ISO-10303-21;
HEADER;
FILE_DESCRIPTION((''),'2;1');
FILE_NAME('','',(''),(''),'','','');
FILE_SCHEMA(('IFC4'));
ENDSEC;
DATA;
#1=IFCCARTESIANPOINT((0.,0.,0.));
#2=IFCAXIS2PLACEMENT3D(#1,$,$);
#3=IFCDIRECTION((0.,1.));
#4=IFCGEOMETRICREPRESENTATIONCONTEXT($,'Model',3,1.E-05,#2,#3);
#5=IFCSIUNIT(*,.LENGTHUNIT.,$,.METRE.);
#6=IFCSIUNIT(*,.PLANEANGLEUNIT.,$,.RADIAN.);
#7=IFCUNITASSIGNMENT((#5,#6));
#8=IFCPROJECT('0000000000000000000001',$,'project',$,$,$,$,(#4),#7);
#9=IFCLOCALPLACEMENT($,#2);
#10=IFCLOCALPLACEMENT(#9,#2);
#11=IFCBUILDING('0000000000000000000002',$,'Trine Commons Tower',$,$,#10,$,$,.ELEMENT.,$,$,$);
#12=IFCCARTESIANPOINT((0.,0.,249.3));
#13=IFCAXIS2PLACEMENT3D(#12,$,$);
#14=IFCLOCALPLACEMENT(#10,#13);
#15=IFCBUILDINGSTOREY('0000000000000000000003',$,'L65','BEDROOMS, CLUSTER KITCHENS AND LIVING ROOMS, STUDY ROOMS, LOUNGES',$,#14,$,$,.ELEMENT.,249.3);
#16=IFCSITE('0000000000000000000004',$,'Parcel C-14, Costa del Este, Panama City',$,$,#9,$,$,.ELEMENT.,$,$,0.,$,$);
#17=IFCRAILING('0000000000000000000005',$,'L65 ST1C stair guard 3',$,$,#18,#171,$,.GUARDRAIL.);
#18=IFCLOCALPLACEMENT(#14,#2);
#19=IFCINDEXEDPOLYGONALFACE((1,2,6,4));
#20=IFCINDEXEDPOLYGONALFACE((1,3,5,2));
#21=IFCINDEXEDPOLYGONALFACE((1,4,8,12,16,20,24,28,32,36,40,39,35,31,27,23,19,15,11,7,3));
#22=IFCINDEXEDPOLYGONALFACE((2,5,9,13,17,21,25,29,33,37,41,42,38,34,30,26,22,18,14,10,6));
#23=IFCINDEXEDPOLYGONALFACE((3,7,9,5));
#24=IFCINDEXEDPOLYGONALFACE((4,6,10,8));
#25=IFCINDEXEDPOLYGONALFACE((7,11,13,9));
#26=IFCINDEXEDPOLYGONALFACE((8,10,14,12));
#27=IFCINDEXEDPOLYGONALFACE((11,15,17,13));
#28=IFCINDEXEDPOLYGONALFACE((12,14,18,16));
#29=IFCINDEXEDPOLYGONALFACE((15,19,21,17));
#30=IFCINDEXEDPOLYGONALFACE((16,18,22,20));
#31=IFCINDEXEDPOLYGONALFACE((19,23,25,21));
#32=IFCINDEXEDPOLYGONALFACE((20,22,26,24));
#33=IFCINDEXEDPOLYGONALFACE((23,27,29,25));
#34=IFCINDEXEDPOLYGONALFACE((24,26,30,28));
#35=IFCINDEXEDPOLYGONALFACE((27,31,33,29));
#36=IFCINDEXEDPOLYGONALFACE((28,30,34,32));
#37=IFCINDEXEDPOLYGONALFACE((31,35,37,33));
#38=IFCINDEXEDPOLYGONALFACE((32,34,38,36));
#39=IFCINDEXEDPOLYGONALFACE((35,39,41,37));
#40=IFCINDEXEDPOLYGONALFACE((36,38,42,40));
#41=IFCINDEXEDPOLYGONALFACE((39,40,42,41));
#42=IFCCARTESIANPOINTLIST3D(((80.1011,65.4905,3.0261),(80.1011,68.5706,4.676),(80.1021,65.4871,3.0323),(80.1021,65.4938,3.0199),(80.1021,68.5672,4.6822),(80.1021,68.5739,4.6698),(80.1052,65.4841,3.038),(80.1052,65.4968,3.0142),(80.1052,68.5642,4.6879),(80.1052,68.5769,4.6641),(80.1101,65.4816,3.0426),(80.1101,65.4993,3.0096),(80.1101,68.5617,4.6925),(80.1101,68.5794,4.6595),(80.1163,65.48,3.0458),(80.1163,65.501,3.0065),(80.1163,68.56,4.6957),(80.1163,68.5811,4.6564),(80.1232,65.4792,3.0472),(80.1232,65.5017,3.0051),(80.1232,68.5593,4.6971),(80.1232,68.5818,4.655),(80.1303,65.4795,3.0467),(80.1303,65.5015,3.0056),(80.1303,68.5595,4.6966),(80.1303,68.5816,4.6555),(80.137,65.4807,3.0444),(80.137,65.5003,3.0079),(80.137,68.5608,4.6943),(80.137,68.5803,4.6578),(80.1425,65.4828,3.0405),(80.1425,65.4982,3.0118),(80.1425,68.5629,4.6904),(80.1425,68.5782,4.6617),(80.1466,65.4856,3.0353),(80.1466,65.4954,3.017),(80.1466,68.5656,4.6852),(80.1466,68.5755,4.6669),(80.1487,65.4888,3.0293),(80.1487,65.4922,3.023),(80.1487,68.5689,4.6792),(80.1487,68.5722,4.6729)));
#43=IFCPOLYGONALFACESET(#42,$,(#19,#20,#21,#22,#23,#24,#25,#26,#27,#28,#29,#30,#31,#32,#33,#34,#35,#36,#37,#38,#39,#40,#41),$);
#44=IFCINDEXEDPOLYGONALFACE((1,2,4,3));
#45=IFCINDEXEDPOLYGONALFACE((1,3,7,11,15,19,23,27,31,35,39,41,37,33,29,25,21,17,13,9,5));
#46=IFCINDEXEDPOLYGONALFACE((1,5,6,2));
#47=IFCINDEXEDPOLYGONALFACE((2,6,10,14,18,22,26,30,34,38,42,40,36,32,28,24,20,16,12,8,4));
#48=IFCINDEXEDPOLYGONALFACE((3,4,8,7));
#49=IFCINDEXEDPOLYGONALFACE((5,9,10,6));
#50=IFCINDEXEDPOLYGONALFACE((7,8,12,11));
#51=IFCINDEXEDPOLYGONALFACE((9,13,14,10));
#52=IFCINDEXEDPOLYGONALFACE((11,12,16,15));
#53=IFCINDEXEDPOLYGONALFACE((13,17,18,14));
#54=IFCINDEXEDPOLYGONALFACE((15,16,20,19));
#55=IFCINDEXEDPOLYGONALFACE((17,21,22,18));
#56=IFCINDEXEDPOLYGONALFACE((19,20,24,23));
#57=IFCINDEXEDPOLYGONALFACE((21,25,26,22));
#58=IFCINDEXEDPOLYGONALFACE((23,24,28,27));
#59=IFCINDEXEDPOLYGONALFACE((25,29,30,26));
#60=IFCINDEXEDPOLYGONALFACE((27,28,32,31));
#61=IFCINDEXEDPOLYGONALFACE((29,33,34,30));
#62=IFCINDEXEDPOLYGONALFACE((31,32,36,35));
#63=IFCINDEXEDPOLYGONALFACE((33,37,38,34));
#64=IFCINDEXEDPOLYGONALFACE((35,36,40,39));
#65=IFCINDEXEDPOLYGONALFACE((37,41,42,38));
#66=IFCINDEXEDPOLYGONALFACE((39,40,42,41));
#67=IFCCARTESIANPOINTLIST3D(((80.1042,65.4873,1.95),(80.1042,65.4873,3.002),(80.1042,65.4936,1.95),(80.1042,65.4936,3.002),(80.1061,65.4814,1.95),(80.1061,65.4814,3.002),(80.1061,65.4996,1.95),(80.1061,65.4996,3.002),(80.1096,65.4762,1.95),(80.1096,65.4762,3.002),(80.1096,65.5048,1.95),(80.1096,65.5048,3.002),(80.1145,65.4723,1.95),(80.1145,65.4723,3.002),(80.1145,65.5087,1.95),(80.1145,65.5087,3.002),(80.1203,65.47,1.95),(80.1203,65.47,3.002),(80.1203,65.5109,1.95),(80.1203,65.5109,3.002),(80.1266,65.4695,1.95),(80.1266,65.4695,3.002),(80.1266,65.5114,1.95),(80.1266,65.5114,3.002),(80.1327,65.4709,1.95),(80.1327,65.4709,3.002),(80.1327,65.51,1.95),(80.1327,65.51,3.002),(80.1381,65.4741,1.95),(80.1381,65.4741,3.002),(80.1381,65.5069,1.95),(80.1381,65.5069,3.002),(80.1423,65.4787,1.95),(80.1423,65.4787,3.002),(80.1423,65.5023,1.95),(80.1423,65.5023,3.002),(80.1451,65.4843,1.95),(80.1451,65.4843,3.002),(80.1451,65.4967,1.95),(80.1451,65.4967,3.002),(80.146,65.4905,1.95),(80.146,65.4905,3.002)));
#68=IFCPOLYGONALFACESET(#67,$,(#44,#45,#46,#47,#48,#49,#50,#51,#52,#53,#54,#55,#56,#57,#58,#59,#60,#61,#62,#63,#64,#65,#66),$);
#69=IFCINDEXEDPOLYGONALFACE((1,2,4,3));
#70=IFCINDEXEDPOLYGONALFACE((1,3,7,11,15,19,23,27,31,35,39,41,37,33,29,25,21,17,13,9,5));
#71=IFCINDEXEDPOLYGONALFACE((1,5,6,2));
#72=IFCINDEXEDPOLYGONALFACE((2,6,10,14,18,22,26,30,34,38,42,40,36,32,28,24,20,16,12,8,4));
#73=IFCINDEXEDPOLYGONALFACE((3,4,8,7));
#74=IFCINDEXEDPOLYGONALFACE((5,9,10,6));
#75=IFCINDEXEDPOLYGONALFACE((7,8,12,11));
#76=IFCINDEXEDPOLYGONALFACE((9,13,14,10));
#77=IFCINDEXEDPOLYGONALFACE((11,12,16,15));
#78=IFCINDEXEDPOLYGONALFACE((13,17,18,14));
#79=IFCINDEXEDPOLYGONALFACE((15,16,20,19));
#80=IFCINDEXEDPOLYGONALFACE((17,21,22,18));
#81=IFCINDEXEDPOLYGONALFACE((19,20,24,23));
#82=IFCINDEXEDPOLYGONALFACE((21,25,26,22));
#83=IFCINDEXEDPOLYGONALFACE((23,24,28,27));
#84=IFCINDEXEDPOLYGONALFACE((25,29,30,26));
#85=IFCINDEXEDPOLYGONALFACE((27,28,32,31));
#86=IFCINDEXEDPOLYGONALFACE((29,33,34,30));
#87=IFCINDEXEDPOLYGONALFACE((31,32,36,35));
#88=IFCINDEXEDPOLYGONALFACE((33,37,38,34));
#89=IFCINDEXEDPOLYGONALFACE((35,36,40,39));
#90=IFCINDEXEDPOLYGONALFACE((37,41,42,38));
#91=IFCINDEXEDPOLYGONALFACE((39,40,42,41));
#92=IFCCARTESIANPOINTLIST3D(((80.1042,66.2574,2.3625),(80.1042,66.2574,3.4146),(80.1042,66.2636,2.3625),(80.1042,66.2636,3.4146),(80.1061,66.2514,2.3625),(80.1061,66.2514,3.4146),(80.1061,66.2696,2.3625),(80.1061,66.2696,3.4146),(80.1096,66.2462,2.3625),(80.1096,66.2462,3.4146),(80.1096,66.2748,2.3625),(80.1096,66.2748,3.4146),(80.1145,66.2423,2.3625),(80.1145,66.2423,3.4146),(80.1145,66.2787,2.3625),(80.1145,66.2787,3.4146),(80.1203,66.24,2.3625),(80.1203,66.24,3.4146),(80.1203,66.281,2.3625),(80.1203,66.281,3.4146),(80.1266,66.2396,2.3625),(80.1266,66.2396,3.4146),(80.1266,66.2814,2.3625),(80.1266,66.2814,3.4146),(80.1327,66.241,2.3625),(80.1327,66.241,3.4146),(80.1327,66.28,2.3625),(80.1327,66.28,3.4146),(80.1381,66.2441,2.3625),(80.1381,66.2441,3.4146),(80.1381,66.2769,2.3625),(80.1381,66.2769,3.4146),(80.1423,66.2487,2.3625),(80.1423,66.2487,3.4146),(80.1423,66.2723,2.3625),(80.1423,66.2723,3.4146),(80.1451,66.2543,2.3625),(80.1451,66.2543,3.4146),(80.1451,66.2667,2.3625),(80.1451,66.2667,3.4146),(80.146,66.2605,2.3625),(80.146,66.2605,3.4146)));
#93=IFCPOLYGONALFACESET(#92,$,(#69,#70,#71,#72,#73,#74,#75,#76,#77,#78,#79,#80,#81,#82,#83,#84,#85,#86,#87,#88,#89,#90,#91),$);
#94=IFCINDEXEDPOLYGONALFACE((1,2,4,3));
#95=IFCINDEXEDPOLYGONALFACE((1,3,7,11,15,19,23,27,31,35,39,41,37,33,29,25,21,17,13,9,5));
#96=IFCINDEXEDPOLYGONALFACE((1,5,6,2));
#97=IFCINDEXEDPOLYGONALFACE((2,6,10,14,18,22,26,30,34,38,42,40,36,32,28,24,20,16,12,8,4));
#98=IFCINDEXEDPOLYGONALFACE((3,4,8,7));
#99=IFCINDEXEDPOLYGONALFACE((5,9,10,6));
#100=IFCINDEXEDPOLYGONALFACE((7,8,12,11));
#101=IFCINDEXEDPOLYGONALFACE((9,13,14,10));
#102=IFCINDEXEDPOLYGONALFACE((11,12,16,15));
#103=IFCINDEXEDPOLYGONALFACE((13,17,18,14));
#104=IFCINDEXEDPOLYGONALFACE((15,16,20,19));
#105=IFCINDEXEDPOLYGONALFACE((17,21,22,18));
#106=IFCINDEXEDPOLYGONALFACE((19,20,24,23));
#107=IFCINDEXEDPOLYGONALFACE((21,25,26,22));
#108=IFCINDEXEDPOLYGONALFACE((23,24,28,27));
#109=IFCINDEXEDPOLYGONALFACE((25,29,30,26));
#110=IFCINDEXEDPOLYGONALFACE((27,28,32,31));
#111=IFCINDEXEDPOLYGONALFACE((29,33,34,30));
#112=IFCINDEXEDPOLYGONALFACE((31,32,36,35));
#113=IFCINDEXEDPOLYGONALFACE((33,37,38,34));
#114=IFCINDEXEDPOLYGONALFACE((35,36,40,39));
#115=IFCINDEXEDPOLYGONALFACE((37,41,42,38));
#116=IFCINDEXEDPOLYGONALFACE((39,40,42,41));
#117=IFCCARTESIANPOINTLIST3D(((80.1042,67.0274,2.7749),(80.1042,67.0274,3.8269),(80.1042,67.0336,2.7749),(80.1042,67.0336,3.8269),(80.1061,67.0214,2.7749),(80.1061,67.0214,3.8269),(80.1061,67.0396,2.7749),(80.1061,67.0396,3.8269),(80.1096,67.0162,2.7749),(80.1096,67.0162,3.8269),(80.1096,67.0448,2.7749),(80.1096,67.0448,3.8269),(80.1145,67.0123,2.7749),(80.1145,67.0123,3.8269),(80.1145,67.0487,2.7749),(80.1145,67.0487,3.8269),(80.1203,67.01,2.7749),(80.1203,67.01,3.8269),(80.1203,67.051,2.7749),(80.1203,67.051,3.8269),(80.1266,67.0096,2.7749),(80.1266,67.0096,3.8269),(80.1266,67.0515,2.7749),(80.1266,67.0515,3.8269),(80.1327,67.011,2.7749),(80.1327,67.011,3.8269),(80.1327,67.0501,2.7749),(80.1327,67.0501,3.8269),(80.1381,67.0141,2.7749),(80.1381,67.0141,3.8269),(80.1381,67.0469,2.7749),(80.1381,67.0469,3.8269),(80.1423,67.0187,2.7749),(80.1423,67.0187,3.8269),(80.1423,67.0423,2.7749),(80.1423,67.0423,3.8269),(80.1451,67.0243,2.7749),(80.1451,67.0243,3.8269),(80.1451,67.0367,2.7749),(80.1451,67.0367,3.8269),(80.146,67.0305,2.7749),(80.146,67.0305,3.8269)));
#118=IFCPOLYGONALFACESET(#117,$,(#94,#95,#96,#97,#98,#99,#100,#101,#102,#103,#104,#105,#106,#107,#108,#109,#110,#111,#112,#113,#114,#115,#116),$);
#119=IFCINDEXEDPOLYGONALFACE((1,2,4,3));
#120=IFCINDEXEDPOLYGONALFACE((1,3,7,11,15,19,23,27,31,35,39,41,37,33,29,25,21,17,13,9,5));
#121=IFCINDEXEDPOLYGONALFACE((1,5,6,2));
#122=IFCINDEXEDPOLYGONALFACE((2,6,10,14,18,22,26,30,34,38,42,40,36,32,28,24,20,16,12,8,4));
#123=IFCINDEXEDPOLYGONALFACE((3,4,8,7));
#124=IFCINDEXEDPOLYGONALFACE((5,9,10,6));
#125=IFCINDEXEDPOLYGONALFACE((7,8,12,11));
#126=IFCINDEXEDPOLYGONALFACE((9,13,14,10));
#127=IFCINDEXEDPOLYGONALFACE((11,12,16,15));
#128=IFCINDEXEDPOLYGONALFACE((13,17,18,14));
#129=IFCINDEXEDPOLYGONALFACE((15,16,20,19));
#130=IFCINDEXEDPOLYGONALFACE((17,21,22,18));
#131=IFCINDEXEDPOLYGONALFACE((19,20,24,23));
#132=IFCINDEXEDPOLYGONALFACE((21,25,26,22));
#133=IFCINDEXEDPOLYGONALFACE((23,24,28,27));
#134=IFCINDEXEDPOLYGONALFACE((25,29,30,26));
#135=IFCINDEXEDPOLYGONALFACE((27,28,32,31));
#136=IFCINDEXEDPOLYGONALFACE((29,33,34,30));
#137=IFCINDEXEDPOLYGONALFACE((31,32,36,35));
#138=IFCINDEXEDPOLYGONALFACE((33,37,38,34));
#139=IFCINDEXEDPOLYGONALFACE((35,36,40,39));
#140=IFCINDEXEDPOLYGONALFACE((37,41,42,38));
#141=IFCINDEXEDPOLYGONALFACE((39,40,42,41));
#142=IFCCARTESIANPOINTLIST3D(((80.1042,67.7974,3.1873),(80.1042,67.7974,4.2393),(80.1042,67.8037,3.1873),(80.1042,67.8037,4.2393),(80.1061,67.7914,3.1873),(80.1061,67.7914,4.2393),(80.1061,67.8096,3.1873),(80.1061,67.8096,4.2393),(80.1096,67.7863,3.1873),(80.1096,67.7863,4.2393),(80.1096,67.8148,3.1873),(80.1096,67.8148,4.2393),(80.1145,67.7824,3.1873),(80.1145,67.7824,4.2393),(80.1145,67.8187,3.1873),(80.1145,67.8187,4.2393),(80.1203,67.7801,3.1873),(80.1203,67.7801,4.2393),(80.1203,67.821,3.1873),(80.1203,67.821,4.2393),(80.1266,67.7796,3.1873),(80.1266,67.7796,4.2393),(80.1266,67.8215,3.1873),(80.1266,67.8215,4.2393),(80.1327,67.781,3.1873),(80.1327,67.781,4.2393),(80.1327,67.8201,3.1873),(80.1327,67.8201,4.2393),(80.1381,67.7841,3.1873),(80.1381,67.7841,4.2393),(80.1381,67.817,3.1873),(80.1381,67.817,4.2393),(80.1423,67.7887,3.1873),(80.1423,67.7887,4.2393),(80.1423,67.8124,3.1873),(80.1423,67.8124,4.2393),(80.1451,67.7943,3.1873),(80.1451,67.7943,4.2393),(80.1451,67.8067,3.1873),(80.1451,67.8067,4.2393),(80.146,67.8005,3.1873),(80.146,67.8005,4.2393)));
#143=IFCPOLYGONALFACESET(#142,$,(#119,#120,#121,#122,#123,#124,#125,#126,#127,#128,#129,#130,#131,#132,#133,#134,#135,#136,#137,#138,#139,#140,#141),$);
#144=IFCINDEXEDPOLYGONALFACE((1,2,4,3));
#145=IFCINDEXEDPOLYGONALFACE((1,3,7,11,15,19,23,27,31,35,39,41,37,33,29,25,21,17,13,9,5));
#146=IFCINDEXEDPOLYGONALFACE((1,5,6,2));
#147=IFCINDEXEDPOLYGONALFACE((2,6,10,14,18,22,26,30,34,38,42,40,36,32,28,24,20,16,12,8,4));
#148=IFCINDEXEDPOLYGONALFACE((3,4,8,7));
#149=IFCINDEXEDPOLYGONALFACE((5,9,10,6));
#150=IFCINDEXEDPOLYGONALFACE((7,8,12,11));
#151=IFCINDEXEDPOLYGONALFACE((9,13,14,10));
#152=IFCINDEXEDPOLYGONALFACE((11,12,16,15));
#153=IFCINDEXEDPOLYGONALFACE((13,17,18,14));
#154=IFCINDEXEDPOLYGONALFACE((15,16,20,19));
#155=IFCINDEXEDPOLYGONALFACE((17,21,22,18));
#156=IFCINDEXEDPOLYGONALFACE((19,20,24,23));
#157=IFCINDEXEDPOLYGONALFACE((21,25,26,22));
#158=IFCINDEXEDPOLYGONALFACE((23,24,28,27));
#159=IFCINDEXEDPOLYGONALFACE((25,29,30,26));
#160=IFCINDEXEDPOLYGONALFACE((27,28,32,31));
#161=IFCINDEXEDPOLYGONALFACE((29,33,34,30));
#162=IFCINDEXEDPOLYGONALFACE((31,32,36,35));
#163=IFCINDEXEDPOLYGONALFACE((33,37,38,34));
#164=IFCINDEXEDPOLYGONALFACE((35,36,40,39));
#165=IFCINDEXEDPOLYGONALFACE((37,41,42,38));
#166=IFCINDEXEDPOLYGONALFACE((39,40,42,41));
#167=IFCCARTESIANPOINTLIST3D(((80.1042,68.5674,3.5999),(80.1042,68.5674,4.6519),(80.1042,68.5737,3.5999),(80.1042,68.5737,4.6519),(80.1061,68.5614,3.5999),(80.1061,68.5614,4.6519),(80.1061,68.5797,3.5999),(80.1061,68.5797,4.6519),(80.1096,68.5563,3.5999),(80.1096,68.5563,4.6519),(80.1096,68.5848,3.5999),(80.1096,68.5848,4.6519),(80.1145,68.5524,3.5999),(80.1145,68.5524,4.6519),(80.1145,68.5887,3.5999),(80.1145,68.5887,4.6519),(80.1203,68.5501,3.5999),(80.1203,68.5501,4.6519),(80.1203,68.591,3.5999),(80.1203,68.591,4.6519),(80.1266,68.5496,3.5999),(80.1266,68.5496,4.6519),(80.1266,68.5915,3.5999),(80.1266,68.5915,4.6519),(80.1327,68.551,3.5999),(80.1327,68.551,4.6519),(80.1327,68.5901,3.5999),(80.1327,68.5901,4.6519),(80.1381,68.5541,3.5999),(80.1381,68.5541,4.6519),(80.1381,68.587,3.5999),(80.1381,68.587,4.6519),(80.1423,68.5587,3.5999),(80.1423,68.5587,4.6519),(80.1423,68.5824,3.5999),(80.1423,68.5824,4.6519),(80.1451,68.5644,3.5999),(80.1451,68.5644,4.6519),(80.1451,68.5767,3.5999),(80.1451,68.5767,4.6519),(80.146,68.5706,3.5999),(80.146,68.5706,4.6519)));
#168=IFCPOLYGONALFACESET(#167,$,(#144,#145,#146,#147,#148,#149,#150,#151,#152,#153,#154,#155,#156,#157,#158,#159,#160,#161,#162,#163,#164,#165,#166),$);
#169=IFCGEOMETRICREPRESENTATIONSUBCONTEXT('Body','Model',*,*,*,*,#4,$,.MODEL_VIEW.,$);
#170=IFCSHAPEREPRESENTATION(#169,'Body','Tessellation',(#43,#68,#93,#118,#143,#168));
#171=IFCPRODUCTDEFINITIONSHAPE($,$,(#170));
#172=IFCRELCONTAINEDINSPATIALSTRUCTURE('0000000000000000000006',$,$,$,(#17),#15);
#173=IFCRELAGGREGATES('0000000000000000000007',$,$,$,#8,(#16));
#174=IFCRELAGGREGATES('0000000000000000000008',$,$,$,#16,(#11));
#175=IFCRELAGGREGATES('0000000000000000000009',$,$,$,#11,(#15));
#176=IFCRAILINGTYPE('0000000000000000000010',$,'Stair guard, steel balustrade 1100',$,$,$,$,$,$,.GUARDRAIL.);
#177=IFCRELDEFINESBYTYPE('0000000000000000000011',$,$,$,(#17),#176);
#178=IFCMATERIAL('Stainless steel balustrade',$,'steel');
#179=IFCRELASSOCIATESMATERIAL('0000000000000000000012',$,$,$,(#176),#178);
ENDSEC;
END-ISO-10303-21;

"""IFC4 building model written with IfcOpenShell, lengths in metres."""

from ifc_helpers import new_model, si_unit, direction, frame, origin, origin_2d, place, context, subcontext, project, spatial, circle, extrude, material, type_object, element, save


model = new_model("IFC4")

# Units and contexts
model_context = context("Model", 3, precision=1e-05, world=origin(), true_north=direction((0.0, 1.0)))
body_context = subcontext(model_context, "Body", "Model", "MODEL_VIEW")
ifc_project = project(units=[si_unit("LENGTHUNIT", "METRE"), si_unit("PLANEANGLEUNIT", "RADIAN")], contexts=[model_context])

# Site, building, storey
site_placement = place(None, origin())
site = spatial("IfcSite", under=ifc_project, at=site_placement, Name="Parcel C-14, Costa del Este, Panama City", CompositionType="ELEMENT", RefElevation=0.0)
building_placement = place(site_placement, origin())
building = spatial("IfcBuilding", under=site, at=building_placement, Name="Trine Commons Tower", CompositionType="ELEMENT")
storey_placement = place(building_placement, frame((0.0, 0.0, 249.3)))
storey = spatial("IfcBuildingStorey", under=building, at=storey_placement, Name="L65", Description="BEDROOMS, CLUSTER KITCHENS AND LIVING ROOMS, STUDY ROOMS, LOUNGES", CompositionType="ELEMENT", Elevation=249.3)

# Railing
ifc_material_1 = material(Name="Stainless steel balustrade", Category="steel")
railing_type_1 = type_object("IfcRailingType", Name="Stair guard, steel balustrade 1100", PredefinedType="GUARDRAIL", material=ifc_material_1)
railing_1_placement = place(storey_placement, frame((80.125, 65.4905, 1.95)))
element("IfcRailing", 1, at=railing_1_placement, inside=storey, type_object=railing_type_1, Name="L65 ST1C stair guard 3", PredefinedType="GUARDRAIL", context=body_context, shape_type="SweptSolid", body=[
    extrude(circle(Radius=0.0239, at=origin_2d()), frame((0.0, 0.0, 1.0762), z_axis=(0.0, 0.881497, 0.47219), x_axis=(-1.0, 0.0, 0.0)), (0.0, 0.0, 1.0), 3.4941),
    extrude(circle(Radius=0.021, at=origin_2d()), origin(), (0.0, 0.0, 1.0), 1.052),
    extrude(circle(Radius=0.021, at=origin_2d()), frame((0.0, 0.77, 0.4126)), (0.0, 0.0, 1.0), 1.052),
    extrude(circle(Radius=0.021, at=origin_2d()), frame((0.0, 1.54, 0.825)), (0.0, 0.0, 1.0), 1.052),
    extrude(circle(Radius=0.021, at=origin_2d()), frame((0.0, 2.3101, 1.2373)), (0.0, 0.0, 1.0), 1.052),
    extrude(circle(Radius=0.021, at=origin_2d()), frame((0.0, 3.0801, 1.6499)), (0.0, 0.0, 1.0), 1.052),
])

save(model, "model.ifc")
